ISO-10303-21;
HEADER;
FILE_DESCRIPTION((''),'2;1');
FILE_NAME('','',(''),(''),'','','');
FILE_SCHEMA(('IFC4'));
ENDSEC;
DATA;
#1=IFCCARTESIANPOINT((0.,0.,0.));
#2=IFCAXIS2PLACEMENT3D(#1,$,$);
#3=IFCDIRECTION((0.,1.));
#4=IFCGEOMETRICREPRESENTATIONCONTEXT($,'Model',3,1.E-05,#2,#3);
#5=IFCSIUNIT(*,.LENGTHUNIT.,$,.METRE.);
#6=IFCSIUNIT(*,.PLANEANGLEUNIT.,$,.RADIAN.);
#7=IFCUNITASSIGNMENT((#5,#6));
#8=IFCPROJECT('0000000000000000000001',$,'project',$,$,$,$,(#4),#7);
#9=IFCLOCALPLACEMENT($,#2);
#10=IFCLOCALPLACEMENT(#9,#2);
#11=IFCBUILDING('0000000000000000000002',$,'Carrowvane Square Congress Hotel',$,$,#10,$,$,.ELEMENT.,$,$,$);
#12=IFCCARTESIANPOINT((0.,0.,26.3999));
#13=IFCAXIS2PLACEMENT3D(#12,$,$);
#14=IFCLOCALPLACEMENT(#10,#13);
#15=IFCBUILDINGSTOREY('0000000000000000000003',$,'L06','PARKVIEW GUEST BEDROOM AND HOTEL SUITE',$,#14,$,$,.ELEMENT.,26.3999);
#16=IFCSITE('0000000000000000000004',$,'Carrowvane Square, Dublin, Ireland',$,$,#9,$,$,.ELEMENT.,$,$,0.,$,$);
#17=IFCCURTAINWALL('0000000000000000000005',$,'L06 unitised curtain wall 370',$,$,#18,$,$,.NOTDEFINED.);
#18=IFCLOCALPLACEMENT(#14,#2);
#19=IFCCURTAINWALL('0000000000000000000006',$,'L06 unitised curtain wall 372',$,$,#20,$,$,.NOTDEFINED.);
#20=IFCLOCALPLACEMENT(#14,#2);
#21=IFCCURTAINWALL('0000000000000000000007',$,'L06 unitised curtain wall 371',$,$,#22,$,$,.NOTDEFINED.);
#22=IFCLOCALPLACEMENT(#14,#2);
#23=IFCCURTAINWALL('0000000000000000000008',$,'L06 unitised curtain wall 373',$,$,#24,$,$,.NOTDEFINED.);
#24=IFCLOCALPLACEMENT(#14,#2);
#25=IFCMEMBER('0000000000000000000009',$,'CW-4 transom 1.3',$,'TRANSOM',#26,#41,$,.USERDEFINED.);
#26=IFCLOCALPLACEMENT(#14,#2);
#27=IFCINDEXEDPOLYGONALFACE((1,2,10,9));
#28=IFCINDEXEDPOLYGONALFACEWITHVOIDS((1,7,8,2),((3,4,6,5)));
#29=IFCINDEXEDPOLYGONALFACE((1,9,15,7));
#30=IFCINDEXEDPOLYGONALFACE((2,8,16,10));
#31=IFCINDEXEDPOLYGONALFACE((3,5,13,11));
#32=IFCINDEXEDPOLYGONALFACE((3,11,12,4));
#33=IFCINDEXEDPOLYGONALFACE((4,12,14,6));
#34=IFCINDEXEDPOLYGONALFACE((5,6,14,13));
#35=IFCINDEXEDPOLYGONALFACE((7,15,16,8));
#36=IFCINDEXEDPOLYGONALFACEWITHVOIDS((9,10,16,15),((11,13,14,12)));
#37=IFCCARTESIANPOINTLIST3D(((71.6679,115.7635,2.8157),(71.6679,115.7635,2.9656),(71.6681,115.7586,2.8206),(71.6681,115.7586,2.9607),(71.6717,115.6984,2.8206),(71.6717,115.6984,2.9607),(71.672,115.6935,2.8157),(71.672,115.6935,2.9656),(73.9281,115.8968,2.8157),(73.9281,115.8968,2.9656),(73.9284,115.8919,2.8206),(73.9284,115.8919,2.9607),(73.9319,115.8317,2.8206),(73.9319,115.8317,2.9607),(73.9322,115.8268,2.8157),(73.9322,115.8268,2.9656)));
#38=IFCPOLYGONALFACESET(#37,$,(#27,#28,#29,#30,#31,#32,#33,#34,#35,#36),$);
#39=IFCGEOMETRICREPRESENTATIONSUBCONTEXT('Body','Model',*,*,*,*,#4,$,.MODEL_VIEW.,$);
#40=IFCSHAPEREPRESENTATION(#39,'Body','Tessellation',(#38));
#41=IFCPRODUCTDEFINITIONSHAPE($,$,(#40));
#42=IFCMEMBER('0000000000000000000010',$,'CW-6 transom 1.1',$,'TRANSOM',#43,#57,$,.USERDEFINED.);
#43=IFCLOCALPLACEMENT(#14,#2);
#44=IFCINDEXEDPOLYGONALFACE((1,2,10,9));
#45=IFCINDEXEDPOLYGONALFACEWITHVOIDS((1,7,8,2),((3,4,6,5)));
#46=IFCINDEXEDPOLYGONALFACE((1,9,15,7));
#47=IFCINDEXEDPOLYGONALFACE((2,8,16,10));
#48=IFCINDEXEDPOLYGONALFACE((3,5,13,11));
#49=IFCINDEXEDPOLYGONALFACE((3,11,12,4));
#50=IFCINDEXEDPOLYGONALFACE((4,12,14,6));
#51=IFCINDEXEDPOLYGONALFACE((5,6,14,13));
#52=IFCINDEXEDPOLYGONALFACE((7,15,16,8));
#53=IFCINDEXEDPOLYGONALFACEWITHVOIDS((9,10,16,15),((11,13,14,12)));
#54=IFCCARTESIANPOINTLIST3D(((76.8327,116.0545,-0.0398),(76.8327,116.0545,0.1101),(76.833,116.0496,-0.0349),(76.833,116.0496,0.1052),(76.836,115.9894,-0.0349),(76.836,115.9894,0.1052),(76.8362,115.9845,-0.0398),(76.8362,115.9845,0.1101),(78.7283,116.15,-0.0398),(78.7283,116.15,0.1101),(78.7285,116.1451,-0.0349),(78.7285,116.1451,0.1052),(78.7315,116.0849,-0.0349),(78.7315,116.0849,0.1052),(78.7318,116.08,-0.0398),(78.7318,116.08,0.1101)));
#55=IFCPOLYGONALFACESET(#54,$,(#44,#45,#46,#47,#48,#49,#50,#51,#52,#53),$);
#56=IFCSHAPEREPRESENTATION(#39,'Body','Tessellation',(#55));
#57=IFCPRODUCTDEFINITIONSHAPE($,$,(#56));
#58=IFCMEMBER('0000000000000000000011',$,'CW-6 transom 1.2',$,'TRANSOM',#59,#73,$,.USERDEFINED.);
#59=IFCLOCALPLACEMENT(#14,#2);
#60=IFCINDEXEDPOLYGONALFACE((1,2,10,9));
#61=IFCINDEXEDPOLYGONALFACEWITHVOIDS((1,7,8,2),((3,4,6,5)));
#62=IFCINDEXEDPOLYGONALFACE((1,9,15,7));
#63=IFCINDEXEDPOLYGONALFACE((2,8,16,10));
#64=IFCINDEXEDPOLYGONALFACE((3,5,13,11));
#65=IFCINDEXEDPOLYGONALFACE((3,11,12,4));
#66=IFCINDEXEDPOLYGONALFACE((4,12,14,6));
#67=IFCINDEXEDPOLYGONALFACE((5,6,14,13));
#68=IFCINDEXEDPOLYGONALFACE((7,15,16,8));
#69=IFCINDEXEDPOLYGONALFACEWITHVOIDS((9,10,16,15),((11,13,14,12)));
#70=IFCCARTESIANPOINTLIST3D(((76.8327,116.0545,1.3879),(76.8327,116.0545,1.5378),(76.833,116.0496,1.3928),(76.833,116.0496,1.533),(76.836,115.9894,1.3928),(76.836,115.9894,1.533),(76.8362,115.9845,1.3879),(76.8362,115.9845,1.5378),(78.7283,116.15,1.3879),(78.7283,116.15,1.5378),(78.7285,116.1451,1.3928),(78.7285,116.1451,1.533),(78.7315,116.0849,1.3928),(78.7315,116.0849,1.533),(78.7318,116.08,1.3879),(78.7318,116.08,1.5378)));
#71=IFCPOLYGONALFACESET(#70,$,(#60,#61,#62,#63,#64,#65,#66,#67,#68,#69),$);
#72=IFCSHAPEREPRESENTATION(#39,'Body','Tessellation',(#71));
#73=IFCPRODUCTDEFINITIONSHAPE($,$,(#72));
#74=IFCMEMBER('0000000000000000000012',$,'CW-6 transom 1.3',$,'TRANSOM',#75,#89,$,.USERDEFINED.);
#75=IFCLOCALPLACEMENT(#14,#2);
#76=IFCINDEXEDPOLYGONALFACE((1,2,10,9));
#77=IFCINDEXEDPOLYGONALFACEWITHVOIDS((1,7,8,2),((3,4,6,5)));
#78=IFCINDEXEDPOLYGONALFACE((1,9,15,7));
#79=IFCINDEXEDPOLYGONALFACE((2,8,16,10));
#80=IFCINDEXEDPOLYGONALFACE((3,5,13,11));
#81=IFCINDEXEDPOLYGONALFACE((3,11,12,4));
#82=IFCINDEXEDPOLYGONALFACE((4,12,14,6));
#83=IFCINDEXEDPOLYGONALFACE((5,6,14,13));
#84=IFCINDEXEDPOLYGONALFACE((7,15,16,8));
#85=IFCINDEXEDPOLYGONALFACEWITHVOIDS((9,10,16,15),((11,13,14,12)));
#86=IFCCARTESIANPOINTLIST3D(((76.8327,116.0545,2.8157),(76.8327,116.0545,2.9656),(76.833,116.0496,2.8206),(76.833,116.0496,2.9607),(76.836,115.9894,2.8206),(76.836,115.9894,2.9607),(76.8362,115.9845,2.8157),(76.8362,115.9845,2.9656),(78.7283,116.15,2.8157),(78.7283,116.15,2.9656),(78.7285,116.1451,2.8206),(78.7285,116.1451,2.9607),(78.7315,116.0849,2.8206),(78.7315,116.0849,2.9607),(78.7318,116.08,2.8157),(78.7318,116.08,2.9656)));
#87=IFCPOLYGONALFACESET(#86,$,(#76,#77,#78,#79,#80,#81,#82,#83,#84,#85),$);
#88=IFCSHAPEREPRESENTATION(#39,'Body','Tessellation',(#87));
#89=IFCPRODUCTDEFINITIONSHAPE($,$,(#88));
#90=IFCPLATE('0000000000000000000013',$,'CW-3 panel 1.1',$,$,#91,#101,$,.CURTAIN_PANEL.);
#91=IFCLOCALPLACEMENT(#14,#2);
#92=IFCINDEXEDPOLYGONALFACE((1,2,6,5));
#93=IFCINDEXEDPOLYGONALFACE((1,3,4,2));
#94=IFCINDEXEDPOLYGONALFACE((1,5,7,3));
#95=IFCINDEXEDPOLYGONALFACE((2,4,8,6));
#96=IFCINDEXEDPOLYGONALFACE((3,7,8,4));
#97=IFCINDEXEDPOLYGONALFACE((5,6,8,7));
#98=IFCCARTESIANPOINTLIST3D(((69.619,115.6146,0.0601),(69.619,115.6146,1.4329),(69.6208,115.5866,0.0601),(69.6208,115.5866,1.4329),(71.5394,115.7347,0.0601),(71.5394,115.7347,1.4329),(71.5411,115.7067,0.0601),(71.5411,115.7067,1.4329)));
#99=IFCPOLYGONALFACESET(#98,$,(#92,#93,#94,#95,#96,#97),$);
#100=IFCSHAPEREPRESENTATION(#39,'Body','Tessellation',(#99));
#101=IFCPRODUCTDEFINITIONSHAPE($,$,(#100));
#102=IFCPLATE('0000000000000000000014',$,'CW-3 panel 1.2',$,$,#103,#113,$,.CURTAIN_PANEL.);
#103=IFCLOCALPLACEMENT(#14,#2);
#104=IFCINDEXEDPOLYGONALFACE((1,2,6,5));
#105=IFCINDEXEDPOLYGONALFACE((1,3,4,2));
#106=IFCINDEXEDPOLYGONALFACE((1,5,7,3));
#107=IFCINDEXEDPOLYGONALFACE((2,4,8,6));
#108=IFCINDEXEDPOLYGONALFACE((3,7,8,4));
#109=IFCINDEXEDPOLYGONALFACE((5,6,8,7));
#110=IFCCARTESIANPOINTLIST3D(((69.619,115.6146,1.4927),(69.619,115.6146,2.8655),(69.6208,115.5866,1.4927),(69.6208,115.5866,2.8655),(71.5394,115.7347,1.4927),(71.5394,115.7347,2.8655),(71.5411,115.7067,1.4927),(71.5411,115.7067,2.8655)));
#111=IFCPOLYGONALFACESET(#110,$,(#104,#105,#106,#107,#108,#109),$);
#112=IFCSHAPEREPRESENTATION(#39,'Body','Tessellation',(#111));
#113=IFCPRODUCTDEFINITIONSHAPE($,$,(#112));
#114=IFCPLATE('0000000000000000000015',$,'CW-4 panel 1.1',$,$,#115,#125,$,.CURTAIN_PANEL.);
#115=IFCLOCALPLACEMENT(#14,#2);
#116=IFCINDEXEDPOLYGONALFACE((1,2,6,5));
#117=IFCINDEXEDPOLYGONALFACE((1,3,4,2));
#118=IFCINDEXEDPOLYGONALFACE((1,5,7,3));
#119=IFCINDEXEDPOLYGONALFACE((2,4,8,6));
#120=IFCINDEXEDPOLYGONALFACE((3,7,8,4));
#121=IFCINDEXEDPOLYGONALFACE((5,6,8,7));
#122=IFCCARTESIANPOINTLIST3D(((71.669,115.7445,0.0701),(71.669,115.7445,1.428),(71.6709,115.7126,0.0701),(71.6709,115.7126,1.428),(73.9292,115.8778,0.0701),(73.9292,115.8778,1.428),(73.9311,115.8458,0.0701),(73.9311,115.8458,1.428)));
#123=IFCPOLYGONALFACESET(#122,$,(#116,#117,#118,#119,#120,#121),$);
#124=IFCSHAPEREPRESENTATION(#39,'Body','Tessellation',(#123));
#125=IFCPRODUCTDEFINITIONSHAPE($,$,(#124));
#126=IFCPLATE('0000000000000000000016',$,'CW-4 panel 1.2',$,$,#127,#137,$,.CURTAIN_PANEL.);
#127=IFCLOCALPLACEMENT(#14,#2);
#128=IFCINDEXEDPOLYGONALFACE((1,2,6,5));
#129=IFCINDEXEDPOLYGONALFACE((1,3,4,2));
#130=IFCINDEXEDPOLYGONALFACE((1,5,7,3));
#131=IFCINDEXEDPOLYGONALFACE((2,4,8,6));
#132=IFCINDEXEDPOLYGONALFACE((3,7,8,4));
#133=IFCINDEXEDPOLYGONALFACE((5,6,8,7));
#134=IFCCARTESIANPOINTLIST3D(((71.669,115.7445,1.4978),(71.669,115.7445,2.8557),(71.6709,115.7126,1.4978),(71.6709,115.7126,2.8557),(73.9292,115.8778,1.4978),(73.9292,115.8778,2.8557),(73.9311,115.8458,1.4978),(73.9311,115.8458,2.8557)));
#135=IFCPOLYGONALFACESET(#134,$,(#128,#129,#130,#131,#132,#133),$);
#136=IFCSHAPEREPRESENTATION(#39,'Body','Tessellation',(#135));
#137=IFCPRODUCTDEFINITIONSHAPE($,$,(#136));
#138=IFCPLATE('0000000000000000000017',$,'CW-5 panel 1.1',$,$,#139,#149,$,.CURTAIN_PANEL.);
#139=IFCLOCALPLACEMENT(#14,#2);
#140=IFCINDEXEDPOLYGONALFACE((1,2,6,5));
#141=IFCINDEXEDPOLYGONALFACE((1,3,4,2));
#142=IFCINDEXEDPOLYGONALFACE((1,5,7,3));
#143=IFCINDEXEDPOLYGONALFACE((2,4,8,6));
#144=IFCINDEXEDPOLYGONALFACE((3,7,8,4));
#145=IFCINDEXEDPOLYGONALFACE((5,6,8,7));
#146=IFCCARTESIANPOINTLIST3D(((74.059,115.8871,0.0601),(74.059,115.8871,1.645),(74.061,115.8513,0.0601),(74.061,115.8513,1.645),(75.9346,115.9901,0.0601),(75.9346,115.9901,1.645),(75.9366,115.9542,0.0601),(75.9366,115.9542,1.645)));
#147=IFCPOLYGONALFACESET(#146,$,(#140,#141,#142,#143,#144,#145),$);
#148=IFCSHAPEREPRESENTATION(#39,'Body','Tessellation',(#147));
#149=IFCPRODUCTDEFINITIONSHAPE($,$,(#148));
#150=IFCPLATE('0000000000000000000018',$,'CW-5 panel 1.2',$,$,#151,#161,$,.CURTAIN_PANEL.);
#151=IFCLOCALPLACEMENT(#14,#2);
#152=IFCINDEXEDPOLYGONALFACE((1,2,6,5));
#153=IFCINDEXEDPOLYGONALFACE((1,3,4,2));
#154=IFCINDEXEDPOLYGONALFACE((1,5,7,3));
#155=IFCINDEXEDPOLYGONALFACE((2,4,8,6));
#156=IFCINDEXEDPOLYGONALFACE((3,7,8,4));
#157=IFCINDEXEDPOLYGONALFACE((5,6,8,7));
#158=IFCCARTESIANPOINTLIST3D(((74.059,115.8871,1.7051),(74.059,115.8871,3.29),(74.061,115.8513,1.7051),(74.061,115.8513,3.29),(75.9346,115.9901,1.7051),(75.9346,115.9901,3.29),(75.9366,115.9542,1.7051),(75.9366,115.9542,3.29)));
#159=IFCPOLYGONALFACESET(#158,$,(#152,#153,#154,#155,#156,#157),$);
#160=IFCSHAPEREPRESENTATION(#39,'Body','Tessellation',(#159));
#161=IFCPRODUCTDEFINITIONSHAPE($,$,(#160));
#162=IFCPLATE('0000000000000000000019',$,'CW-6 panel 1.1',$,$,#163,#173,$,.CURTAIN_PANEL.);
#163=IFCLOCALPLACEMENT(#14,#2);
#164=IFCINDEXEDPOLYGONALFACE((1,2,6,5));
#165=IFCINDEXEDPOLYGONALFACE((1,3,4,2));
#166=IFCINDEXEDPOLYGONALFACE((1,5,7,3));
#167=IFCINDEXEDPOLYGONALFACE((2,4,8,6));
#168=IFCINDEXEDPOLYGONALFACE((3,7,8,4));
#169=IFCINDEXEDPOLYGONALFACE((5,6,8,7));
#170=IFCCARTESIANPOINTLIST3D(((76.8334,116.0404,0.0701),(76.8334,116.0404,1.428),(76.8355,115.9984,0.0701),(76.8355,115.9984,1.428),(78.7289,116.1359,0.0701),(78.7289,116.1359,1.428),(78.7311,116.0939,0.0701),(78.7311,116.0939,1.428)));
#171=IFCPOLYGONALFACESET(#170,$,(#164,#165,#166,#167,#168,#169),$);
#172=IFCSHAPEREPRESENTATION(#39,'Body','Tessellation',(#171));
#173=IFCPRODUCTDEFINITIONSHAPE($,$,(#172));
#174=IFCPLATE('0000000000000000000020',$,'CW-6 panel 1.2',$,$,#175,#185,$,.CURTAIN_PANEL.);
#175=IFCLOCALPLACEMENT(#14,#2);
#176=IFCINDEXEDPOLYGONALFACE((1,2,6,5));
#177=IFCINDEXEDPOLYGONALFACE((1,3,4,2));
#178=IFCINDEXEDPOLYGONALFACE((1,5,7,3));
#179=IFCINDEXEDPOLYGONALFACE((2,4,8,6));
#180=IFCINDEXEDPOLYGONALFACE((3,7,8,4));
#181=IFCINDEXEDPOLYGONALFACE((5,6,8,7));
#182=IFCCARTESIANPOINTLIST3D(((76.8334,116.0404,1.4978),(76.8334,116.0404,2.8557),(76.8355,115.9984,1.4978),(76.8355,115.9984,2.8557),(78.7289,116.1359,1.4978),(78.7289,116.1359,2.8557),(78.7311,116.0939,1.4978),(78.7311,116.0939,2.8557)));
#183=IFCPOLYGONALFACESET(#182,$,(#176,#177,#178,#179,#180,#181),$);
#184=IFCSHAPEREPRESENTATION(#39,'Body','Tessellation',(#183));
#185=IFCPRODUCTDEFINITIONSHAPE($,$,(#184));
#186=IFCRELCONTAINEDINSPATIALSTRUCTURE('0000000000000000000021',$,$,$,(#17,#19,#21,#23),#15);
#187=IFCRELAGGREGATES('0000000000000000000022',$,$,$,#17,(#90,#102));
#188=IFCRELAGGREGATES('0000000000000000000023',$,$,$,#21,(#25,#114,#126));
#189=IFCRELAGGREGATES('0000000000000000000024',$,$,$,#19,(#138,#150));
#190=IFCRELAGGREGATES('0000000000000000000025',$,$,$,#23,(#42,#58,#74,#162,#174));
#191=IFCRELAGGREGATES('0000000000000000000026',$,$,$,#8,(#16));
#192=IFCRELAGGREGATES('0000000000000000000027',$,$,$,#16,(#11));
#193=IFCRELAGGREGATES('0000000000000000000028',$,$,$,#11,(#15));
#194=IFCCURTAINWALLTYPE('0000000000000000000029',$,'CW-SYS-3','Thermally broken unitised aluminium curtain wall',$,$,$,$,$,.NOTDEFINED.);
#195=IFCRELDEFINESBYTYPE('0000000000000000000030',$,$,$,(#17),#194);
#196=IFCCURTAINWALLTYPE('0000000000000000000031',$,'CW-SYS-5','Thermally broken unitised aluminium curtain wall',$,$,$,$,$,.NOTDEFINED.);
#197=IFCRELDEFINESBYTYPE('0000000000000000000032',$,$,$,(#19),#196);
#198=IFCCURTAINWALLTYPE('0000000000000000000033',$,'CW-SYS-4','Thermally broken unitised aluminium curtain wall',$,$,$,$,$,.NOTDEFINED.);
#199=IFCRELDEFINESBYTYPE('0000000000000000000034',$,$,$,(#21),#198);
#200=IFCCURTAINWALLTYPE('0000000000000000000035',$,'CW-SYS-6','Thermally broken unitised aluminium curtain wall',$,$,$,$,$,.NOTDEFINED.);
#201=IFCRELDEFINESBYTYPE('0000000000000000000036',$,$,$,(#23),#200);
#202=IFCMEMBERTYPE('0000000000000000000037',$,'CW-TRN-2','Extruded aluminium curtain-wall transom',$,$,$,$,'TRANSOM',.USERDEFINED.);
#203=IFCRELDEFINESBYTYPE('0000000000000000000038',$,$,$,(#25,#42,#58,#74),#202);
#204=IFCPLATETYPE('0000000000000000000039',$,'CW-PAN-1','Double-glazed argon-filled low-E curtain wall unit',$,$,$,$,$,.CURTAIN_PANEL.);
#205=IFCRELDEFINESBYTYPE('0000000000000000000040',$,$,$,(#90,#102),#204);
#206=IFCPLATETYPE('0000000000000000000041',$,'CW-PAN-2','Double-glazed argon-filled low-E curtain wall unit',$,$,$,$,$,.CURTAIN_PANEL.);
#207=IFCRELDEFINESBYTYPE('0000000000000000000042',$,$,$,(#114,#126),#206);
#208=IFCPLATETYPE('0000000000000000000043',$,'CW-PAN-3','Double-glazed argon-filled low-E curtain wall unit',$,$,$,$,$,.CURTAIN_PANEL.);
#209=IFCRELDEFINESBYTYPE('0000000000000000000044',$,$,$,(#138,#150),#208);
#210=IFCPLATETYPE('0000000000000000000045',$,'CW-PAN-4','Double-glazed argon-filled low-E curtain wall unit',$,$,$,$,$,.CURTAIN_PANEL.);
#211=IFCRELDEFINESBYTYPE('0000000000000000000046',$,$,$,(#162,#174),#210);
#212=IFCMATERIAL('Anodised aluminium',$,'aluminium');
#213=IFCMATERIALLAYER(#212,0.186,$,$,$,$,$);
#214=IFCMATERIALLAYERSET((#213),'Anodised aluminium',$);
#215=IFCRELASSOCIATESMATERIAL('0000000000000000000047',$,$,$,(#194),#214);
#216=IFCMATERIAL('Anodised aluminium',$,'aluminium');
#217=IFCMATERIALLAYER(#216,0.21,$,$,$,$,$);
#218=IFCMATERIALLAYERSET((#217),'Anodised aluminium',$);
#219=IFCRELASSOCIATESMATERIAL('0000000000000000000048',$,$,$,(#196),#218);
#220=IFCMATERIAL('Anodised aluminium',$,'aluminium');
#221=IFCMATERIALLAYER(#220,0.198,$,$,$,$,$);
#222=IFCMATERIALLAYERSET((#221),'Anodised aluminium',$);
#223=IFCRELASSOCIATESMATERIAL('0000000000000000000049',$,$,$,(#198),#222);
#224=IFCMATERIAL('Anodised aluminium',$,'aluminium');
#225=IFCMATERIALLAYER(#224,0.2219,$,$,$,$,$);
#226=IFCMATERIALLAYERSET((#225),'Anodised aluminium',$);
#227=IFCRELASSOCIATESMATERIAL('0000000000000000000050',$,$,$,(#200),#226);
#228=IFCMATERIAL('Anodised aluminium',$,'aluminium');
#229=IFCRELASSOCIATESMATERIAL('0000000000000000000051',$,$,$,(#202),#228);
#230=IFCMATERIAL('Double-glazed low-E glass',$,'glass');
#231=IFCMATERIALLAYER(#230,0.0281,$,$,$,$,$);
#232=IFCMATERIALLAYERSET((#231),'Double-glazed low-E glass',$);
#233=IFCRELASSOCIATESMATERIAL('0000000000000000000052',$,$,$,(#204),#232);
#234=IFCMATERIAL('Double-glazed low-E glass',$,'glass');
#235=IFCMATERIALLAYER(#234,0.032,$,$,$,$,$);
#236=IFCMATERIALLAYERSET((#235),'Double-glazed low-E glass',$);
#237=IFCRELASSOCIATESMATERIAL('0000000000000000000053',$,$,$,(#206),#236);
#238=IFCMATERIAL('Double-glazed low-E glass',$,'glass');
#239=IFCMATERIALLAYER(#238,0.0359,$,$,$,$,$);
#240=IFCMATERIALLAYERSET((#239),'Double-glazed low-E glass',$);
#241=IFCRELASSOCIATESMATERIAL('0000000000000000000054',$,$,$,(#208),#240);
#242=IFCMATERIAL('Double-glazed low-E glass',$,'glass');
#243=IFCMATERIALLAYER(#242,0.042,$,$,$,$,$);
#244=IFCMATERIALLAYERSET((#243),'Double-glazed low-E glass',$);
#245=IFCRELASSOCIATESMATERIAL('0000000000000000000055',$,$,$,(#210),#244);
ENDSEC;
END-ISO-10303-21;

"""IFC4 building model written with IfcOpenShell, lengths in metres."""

from ifc_helpers import new_model, si_unit, direction, frame, origin, origin_2d, place, context, subcontext, project, spatial, rectangle, hollow_rectangle, extrude, material, layer, layer_set, material_profile, profile_set, type_object, element, aggregate, save


model = new_model("IFC4")

# Units and contexts
model_context = context("Model", 3, precision=1e-05, world=origin(), true_north=direction((0.0, 1.0)))
body_context = subcontext(model_context, "Body", "Model", "MODEL_VIEW")
ifc_project = project(units=[si_unit("LENGTHUNIT", "METRE"), si_unit("PLANEANGLEUNIT", "RADIAN")], contexts=[model_context])

# Site, building, storey
site_placement = place(None, origin())
site = spatial("IfcSite", under=ifc_project, at=site_placement, Name="Carrowvane Square, Dublin, Ireland", CompositionType="ELEMENT", RefElevation=0.0)
building_placement = place(site_placement, origin())
building = spatial("IfcBuilding", under=site, at=building_placement, Name="Carrowvane Square Congress Hotel", CompositionType="ELEMENT")
storey_placement = place(building_placement, frame((0.0, 0.0, 26.3999)))
storey = spatial("IfcBuildingStorey", under=building, at=storey_placement, Name="L06", Description="PARKVIEW GUEST BEDROOM AND HOTEL SUITE", CompositionType="ELEMENT", Elevation=26.3999)

# Curtain wall
ifc_material_1 = material(Name="Anodised aluminium", Category="aluminium")
ifc_layer_1 = layer(ifc_material_1, 0.186)
ifc_layer_set_1 = layer_set([ifc_layer_1], Name="Anodised aluminium")
curtain_wall_type_1 = type_object("IfcCurtainWallType", Name="CW-SYS-3", Description="Thermally broken unitised aluminium curtain wall", PredefinedType="NOTDEFINED", material=ifc_layer_set_1)
curtain_wall_1_placement = place(storey_placement, origin())
curtain_wall_1 = element("IfcCurtainWall", 1, at=curtain_wall_1_placement, inside=storey, type_object=curtain_wall_type_1, Name="L06 unitised curtain wall 370", PredefinedType="NOTDEFINED")

# Curtain walls
ifc_material_2 = material(Name="Anodised aluminium", Category="aluminium")
ifc_layer_2 = layer(ifc_material_2, 0.21)
ifc_layer_set_2 = layer_set([ifc_layer_2], Name="Anodised aluminium")
curtain_wall_type_2 = type_object("IfcCurtainWallType", Name="CW-SYS-5", Description="Thermally broken unitised aluminium curtain wall", PredefinedType="NOTDEFINED", material=ifc_layer_set_2)
curtain_wall_2_placement = place(storey_placement, origin())
curtain_wall_2 = element("IfcCurtainWall", 2, at=curtain_wall_2_placement, inside=storey, type_object=curtain_wall_type_2, Name="L06 unitised curtain wall 372", PredefinedType="NOTDEFINED")
ifc_material_3 = material(Name="Anodised aluminium", Category="aluminium")
ifc_layer_3 = layer(ifc_material_3, 0.198)
ifc_layer_set_3 = layer_set([ifc_layer_3], Name="Anodised aluminium")
curtain_wall_type_3 = type_object("IfcCurtainWallType", Name="CW-SYS-4", Description="Thermally broken unitised aluminium curtain wall", PredefinedType="NOTDEFINED", material=ifc_layer_set_3)
curtain_wall_3_placement = place(storey_placement, origin())
curtain_wall_3 = element("IfcCurtainWall", 3, at=curtain_wall_3_placement, inside=storey, type_object=curtain_wall_type_3, Name="L06 unitised curtain wall 371", PredefinedType="NOTDEFINED")
ifc_material_4 = material(Name="Anodised aluminium", Category="aluminium")
ifc_layer_4 = layer(ifc_material_4, 0.2219)
ifc_layer_set_4 = layer_set([ifc_layer_4], Name="Anodised aluminium")
curtain_wall_type_4 = type_object("IfcCurtainWallType", Name="CW-SYS-6", Description="Thermally broken unitised aluminium curtain wall", PredefinedType="NOTDEFINED", material=ifc_layer_set_4)
curtain_wall_4_placement = place(storey_placement, origin())
curtain_wall_4 = element("IfcCurtainWall", 4, at=curtain_wall_4_placement, inside=storey, type_object=curtain_wall_type_4, Name="L06 unitised curtain wall 373", PredefinedType="NOTDEFINED")

# Members
ifc_material_5 = material(Name="Anodised aluminium", Category="aluminium")
ifc_material_profile_1 = material_profile(ifc_material_5, hollow_rectangle(XDim=0.0701, YDim=0.1499, WallThickness=0.0049, at=origin_2d()), Name="CW-TR 70x150x5")
ifc_profile_set_1 = profile_set([ifc_material_profile_1], Name="Anodised aluminium")
member_type_1 = type_object("IfcMemberType", Name="CW-TRN-2", Description="Extruded aluminium curtain-wall transom", ElementType="TRANSOM", PredefinedType="USERDEFINED", material=ifc_profile_set_1)
member_1_placement = place(storey_placement, frame((71.6699, 115.7285, 2.8906), z_axis=(0.998265, 0.058874, 0.0), x_axis=(-0.058874, 0.998265, 0.0)))
member_1 = element("IfcMember", 5, at=member_1_placement, type_object=member_type_1, Name="CW-4 transom 1.3", ObjectType="TRANSOM", PredefinedType="USERDEFINED", context=body_context, shape_type="SweptSolid", body=[
    extrude(hollow_rectangle(XDim=0.0701, YDim=0.1499, WallThickness=0.0049, at=origin_2d()), origin(), (0.0, 0.0, 1.0), 2.2642),
])
member_2_placement = place(storey_placement, frame((76.8345, 116.0195, 0.0352), z_axis=(0.998734, 0.050297, 0.0), x_axis=(-0.050297, 0.998734, 0.0)))
member_2 = element("IfcMember", 6, at=member_2_placement, type_object=member_type_1, Name="CW-6 transom 1.1", ObjectType="TRANSOM", PredefinedType="USERDEFINED", context=body_context, shape_type="SweptSolid", body=[
    extrude(hollow_rectangle(XDim=0.0701, YDim=0.1499, WallThickness=0.0049, at=origin_2d()), origin(), (0.0, 0.0, 1.0), 1.8979),
])
member_3_placement = place(storey_placement, frame((76.8345, 116.0195, 1.4629), z_axis=(0.998734, 0.050297, 0.0), x_axis=(-0.050297, 0.998734, 0.0)))
member_3 = element("IfcMember", 7, at=member_3_placement, type_object=member_type_1, Name="CW-6 transom 1.2", ObjectType="TRANSOM", PredefinedType="USERDEFINED", context=body_context, shape_type="SweptSolid", body=[
    extrude(hollow_rectangle(XDim=0.0701, YDim=0.1499, WallThickness=0.0049, at=origin_2d()), origin(), (0.0, 0.0, 1.0), 1.8979),
])
member_4_placement = place(storey_placement, frame((76.8345, 116.0195, 2.8906), z_axis=(0.998734, 0.050297, 0.0), x_axis=(-0.050297, 0.998734, 0.0)))
member_4 = element("IfcMember", 8, at=member_4_placement, type_object=member_type_1, Name="CW-6 transom 1.3", ObjectType="TRANSOM", PredefinedType="USERDEFINED", context=body_context, shape_type="SweptSolid", body=[
    extrude(hollow_rectangle(XDim=0.0701, YDim=0.1499, WallThickness=0.0049, at=origin_2d()), origin(), (0.0, 0.0, 1.0), 1.8979),
])

# Plates
ifc_material_6 = material(Name="Double-glazed low-E glass", Category="glass")
ifc_layer_5 = layer(ifc_material_6, 0.0281)
ifc_layer_set_5 = layer_set([ifc_layer_5], Name="Double-glazed low-E glass")
plate_type_1 = type_object("IfcPlateType", Name="CW-PAN-1", Description="Double-glazed argon-filled low-E curtain wall unit", PredefinedType="CURTAIN_PANEL", material=ifc_layer_set_5)
plate_1_placement = place(storey_placement, frame((70.5801, 115.6606, 0.0601), z_axis=(0.0, 0.0, 1.0), x_axis=(0.998051, 0.062397, 0.0)))
plate_1 = element("IfcPlate", 9, at=plate_1_placement, type_object=plate_type_1, Name="CW-3 panel 1.1", PredefinedType="CURTAIN_PANEL", context=body_context, shape_type="SweptSolid", body=[
    extrude(rectangle(XDim=1.9241, YDim=0.0281, at=origin_2d()), origin(), (0.0, 0.0, 1.0), 1.3728),
])
plate_2_placement = place(storey_placement, frame((70.5801, 115.6606, 1.4927), z_axis=(0.0, 0.0, 1.0), x_axis=(0.998051, 0.062397, 0.0)))
plate_2 = element("IfcPlate", 10, at=plate_2_placement, type_object=plate_type_1, Name="CW-3 panel 1.2", PredefinedType="CURTAIN_PANEL", context=body_context, shape_type="SweptSolid", body=[
    extrude(rectangle(XDim=1.9241, YDim=0.0281, at=origin_2d()), origin(), (0.0, 0.0, 1.0), 1.3728),
])
aggregate(curtain_wall_1, [plate_1, plate_2])
ifc_material_7 = material(Name="Double-glazed low-E glass", Category="glass")
ifc_layer_6 = layer(ifc_material_7, 0.032)
ifc_layer_set_6 = layer_set([ifc_layer_6], Name="Double-glazed low-E glass")
plate_type_2 = type_object("IfcPlateType", Name="CW-PAN-2", Description="Double-glazed argon-filled low-E curtain wall unit", PredefinedType="CURTAIN_PANEL", material=ifc_layer_set_6)
plate_3_placement = place(storey_placement, frame((72.8, 115.7952, 0.0701), z_axis=(0.0, 0.0, 1.0), x_axis=(0.998267, 0.058851, 0.0)))
plate_3 = element("IfcPlate", 11, at=plate_3_placement, type_object=plate_type_2, Name="CW-4 panel 1.1", PredefinedType="CURTAIN_PANEL", context=body_context, shape_type="SweptSolid", body=[
    extrude(rectangle(XDim=2.2642, YDim=0.032, at=origin_2d()), origin(), (0.0, 0.0, 1.0), 1.3579),
])
plate_4_placement = place(storey_placement, frame((72.8, 115.7952, 1.4978), z_axis=(0.0, 0.0, 1.0), x_axis=(0.998267, 0.058851, 0.0)))
plate_4 = element("IfcPlate", 12, at=plate_4_placement, type_object=plate_type_2, Name="CW-4 panel 1.2", PredefinedType="CURTAIN_PANEL", context=body_context, shape_type="SweptSolid", body=[
    extrude(rectangle(XDim=2.2642, YDim=0.032, at=origin_2d()), origin(), (0.0, 0.0, 1.0), 1.3579),
])
aggregate(curtain_wall_3, [member_1, plate_3, plate_4])
ifc_material_8 = material(Name="Double-glazed low-E glass", Category="glass")
ifc_layer_7 = layer(ifc_material_8, 0.0359)
ifc_layer_set_7 = layer_set([ifc_layer_7], Name="Double-glazed low-E glass")
plate_type_3 = type_object("IfcPlateType", Name="CW-PAN-3", Description="Double-glazed argon-filled low-E curtain wall unit", PredefinedType="CURTAIN_PANEL", material=ifc_layer_set_7)
plate_5_placement = place(storey_placement, frame((74.9978, 115.9207, 0.0601), z_axis=(0.0, 0.0, 1.0), x_axis=(0.998496, 0.054816, 0.0)))
plate_5 = element("IfcPlate", 13, at=plate_5_placement, type_object=plate_type_3, Name="CW-5 panel 1.1", PredefinedType="CURTAIN_PANEL", context=body_context, shape_type="SweptSolid", body=[
    extrude(rectangle(XDim=1.8784, YDim=0.0359, at=origin_2d()), origin(), (0.0, 0.0, 1.0), 1.585),
])
plate_6_placement = place(storey_placement, frame((74.9978, 115.9207, 1.7051), z_axis=(0.0, 0.0, 1.0), x_axis=(0.998496, 0.054816, 0.0)))
plate_6 = element("IfcPlate", 14, at=plate_6_placement, type_object=plate_type_3, Name="CW-5 panel 1.2", PredefinedType="CURTAIN_PANEL", context=body_context, shape_type="SweptSolid", body=[
    extrude(rectangle(XDim=1.8784, YDim=0.0359, at=origin_2d()), origin(), (0.0, 0.0, 1.0), 1.585),
])
aggregate(curtain_wall_2, [plate_5, plate_6])
ifc_material_9 = material(Name="Double-glazed low-E glass", Category="glass")
ifc_layer_8 = layer(ifc_material_9, 0.042)
ifc_layer_set_8 = layer_set([ifc_layer_8], Name="Double-glazed low-E glass")
plate_type_4 = type_object("IfcPlateType", Name="CW-PAN-4", Description="Double-glazed argon-filled low-E curtain wall unit", PredefinedType="CURTAIN_PANEL", material=ifc_layer_set_8)
plate_7_placement = place(storey_placement, frame((77.7822, 116.0671, 0.0701), z_axis=(0.0, 0.0, 1.0), x_axis=(0.998733, 0.050324, 0.0)))
plate_7 = element("IfcPlate", 15, at=plate_7_placement, type_object=plate_type_4, Name="CW-6 panel 1.1", PredefinedType="CURTAIN_PANEL", context=body_context, shape_type="SweptSolid", body=[
    extrude(rectangle(XDim=1.8979, YDim=0.042, at=origin_2d()), origin(), (0.0, 0.0, 1.0), 1.3579),
])
plate_8_placement = place(storey_placement, frame((77.7822, 116.0671, 1.4978), z_axis=(0.0, 0.0, 1.0), x_axis=(0.998733, 0.050324, 0.0)))
plate_8 = element("IfcPlate", 16, at=plate_8_placement, type_object=plate_type_4, Name="CW-6 panel 1.2", PredefinedType="CURTAIN_PANEL", context=body_context, shape_type="SweptSolid", body=[
    extrude(rectangle(XDim=1.8979, YDim=0.042, at=origin_2d()), origin(), (0.0, 0.0, 1.0), 1.3579),
])
aggregate(curtain_wall_4, [member_2, member_3, member_4, plate_7, plate_8])

save(model, "model.ifc")
